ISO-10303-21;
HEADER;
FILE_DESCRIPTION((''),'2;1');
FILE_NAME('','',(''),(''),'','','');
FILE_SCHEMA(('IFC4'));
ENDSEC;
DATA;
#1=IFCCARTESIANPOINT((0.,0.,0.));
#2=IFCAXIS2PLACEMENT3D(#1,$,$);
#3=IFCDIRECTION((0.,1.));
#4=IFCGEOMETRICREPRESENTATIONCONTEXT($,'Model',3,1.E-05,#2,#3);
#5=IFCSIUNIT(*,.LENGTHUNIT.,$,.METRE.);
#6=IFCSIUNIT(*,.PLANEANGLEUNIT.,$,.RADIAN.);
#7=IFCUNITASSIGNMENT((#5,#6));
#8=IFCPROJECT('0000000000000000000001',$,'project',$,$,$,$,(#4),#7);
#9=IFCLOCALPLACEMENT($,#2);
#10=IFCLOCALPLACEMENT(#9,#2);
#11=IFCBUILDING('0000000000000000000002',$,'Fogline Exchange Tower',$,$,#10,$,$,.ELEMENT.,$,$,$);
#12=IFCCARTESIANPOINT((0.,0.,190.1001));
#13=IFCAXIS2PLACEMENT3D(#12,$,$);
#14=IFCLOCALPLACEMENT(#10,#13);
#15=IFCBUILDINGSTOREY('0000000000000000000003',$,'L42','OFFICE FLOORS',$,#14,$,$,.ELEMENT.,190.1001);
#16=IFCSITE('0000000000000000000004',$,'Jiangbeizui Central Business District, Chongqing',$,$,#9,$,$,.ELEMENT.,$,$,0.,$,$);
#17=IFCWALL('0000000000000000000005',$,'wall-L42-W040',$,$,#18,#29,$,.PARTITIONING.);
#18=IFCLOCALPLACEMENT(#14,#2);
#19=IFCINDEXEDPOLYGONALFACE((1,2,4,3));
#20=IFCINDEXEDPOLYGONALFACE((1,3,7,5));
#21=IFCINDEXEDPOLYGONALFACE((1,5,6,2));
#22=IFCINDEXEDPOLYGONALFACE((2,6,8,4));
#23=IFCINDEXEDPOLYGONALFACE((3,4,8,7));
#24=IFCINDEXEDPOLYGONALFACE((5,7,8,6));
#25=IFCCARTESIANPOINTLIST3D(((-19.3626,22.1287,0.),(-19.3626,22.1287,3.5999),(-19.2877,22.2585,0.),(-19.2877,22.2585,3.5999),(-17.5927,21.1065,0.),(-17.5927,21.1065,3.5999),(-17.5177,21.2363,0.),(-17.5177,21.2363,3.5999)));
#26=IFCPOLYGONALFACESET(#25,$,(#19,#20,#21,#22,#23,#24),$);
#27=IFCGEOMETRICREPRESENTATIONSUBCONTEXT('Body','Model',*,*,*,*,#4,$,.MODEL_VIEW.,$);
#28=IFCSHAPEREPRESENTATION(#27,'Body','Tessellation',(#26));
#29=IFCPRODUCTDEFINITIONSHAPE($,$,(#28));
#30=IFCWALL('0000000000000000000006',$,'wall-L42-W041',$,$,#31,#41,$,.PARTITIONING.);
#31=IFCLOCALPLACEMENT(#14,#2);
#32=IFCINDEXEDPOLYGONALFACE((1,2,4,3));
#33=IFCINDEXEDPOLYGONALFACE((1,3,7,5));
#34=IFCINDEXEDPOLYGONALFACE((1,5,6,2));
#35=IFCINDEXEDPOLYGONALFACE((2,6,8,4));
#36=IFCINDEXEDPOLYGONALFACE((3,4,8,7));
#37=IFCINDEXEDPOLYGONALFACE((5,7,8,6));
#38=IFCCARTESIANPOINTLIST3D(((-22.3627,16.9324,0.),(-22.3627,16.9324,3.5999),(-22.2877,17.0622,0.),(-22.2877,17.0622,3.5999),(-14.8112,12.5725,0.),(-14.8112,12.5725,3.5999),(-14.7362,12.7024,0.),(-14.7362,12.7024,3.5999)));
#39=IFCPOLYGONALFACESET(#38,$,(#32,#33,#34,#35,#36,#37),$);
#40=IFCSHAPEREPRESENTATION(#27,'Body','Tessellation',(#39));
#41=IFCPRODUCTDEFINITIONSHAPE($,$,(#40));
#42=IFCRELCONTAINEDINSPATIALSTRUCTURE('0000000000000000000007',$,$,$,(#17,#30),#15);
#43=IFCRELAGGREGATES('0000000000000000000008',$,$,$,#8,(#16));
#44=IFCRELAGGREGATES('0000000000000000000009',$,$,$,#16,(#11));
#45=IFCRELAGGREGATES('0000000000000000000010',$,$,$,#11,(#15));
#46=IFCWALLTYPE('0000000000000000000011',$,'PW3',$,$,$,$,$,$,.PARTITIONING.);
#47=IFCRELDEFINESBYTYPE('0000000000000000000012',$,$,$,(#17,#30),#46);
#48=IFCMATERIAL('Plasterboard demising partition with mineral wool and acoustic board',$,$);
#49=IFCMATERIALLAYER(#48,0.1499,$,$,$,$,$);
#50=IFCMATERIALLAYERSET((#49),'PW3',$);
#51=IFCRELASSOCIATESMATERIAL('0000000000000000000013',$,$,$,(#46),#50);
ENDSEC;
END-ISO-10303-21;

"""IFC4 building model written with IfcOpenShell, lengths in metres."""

from ifc_helpers import new_model, si_unit, direction, frame, frame_2d, origin, place, context, subcontext, project, spatial, rectangle, extrude, material, layer, layer_set, type_object, element, save


model = new_model("IFC4")

# Units and contexts
model_context = context("Model", 3, precision=1e-05, world=origin(), true_north=direction((0.0, 1.0)))
body_context = subcontext(model_context, "Body", "Model", "MODEL_VIEW")
ifc_project = project(units=[si_unit("LENGTHUNIT", "METRE"), si_unit("PLANEANGLEUNIT", "RADIAN")], contexts=[model_context])

# Site, building, storey
site_placement = place(None, origin())
site = spatial("IfcSite", under=ifc_project, at=site_placement, Name="Jiangbeizui Central Business District, Chongqing", CompositionType="ELEMENT", RefElevation=0.0)
building_placement = place(site_placement, origin())
building = spatial("IfcBuilding", under=site, at=building_placement, Name="Fogline Exchange Tower", CompositionType="ELEMENT")
storey_placement = place(building_placement, frame((0.0, 0.0, 190.1001)))
storey = spatial("IfcBuildingStorey", under=building, at=storey_placement, Name="L42", Description="OFFICE FLOORS", CompositionType="ELEMENT", Elevation=190.1001)

# Walls
ifc_material_1 = material(Name="Plasterboard demising partition with mineral wool and acoustic board")
ifc_layer_1 = layer(ifc_material_1, 0.1499)
ifc_layer_set_1 = layer_set([ifc_layer_1], Name="PW3")
wall_type_1 = type_object("IfcWallType", Name="PW3", PredefinedType="PARTITIONING", material=ifc_layer_set_1)
wall_1_placement = place(storey_placement, frame((-17.5552, 21.1714, 0.0), z_axis=(0.0, 0.0, 1.0), x_axis=(-0.865963, 0.500108, 0.0)))
element("IfcWall", 1, at=wall_1_placement, inside=storey, type_object=wall_type_1, Name="wall-L42-W040", PredefinedType="PARTITIONING", context=body_context, shape_type="SweptSolid", body=[
    extrude(rectangle(XDim=2.0439, YDim=0.1499, at=frame_2d((1.022, 0.0))), origin(), (0.0, 0.0, 1.0), 3.5999),
])
wall_2_placement = place(storey_placement, frame((-14.7737, 12.6375, 0.0), z_axis=(0.0, 0.0, 1.0), x_axis=(-0.866026, 0.5, 0.0)))
element("IfcWall", 2, at=wall_2_placement, inside=storey, type_object=wall_type_1, Name="wall-L42-W041", PredefinedType="PARTITIONING", context=body_context, shape_type="SweptSolid", body=[
    extrude(rectangle(XDim=8.7197, YDim=0.1499, at=frame_2d((4.3599, 0.0))), origin(), (0.0, 0.0, 1.0), 3.5999),
])

save(model, "model.ifc")
